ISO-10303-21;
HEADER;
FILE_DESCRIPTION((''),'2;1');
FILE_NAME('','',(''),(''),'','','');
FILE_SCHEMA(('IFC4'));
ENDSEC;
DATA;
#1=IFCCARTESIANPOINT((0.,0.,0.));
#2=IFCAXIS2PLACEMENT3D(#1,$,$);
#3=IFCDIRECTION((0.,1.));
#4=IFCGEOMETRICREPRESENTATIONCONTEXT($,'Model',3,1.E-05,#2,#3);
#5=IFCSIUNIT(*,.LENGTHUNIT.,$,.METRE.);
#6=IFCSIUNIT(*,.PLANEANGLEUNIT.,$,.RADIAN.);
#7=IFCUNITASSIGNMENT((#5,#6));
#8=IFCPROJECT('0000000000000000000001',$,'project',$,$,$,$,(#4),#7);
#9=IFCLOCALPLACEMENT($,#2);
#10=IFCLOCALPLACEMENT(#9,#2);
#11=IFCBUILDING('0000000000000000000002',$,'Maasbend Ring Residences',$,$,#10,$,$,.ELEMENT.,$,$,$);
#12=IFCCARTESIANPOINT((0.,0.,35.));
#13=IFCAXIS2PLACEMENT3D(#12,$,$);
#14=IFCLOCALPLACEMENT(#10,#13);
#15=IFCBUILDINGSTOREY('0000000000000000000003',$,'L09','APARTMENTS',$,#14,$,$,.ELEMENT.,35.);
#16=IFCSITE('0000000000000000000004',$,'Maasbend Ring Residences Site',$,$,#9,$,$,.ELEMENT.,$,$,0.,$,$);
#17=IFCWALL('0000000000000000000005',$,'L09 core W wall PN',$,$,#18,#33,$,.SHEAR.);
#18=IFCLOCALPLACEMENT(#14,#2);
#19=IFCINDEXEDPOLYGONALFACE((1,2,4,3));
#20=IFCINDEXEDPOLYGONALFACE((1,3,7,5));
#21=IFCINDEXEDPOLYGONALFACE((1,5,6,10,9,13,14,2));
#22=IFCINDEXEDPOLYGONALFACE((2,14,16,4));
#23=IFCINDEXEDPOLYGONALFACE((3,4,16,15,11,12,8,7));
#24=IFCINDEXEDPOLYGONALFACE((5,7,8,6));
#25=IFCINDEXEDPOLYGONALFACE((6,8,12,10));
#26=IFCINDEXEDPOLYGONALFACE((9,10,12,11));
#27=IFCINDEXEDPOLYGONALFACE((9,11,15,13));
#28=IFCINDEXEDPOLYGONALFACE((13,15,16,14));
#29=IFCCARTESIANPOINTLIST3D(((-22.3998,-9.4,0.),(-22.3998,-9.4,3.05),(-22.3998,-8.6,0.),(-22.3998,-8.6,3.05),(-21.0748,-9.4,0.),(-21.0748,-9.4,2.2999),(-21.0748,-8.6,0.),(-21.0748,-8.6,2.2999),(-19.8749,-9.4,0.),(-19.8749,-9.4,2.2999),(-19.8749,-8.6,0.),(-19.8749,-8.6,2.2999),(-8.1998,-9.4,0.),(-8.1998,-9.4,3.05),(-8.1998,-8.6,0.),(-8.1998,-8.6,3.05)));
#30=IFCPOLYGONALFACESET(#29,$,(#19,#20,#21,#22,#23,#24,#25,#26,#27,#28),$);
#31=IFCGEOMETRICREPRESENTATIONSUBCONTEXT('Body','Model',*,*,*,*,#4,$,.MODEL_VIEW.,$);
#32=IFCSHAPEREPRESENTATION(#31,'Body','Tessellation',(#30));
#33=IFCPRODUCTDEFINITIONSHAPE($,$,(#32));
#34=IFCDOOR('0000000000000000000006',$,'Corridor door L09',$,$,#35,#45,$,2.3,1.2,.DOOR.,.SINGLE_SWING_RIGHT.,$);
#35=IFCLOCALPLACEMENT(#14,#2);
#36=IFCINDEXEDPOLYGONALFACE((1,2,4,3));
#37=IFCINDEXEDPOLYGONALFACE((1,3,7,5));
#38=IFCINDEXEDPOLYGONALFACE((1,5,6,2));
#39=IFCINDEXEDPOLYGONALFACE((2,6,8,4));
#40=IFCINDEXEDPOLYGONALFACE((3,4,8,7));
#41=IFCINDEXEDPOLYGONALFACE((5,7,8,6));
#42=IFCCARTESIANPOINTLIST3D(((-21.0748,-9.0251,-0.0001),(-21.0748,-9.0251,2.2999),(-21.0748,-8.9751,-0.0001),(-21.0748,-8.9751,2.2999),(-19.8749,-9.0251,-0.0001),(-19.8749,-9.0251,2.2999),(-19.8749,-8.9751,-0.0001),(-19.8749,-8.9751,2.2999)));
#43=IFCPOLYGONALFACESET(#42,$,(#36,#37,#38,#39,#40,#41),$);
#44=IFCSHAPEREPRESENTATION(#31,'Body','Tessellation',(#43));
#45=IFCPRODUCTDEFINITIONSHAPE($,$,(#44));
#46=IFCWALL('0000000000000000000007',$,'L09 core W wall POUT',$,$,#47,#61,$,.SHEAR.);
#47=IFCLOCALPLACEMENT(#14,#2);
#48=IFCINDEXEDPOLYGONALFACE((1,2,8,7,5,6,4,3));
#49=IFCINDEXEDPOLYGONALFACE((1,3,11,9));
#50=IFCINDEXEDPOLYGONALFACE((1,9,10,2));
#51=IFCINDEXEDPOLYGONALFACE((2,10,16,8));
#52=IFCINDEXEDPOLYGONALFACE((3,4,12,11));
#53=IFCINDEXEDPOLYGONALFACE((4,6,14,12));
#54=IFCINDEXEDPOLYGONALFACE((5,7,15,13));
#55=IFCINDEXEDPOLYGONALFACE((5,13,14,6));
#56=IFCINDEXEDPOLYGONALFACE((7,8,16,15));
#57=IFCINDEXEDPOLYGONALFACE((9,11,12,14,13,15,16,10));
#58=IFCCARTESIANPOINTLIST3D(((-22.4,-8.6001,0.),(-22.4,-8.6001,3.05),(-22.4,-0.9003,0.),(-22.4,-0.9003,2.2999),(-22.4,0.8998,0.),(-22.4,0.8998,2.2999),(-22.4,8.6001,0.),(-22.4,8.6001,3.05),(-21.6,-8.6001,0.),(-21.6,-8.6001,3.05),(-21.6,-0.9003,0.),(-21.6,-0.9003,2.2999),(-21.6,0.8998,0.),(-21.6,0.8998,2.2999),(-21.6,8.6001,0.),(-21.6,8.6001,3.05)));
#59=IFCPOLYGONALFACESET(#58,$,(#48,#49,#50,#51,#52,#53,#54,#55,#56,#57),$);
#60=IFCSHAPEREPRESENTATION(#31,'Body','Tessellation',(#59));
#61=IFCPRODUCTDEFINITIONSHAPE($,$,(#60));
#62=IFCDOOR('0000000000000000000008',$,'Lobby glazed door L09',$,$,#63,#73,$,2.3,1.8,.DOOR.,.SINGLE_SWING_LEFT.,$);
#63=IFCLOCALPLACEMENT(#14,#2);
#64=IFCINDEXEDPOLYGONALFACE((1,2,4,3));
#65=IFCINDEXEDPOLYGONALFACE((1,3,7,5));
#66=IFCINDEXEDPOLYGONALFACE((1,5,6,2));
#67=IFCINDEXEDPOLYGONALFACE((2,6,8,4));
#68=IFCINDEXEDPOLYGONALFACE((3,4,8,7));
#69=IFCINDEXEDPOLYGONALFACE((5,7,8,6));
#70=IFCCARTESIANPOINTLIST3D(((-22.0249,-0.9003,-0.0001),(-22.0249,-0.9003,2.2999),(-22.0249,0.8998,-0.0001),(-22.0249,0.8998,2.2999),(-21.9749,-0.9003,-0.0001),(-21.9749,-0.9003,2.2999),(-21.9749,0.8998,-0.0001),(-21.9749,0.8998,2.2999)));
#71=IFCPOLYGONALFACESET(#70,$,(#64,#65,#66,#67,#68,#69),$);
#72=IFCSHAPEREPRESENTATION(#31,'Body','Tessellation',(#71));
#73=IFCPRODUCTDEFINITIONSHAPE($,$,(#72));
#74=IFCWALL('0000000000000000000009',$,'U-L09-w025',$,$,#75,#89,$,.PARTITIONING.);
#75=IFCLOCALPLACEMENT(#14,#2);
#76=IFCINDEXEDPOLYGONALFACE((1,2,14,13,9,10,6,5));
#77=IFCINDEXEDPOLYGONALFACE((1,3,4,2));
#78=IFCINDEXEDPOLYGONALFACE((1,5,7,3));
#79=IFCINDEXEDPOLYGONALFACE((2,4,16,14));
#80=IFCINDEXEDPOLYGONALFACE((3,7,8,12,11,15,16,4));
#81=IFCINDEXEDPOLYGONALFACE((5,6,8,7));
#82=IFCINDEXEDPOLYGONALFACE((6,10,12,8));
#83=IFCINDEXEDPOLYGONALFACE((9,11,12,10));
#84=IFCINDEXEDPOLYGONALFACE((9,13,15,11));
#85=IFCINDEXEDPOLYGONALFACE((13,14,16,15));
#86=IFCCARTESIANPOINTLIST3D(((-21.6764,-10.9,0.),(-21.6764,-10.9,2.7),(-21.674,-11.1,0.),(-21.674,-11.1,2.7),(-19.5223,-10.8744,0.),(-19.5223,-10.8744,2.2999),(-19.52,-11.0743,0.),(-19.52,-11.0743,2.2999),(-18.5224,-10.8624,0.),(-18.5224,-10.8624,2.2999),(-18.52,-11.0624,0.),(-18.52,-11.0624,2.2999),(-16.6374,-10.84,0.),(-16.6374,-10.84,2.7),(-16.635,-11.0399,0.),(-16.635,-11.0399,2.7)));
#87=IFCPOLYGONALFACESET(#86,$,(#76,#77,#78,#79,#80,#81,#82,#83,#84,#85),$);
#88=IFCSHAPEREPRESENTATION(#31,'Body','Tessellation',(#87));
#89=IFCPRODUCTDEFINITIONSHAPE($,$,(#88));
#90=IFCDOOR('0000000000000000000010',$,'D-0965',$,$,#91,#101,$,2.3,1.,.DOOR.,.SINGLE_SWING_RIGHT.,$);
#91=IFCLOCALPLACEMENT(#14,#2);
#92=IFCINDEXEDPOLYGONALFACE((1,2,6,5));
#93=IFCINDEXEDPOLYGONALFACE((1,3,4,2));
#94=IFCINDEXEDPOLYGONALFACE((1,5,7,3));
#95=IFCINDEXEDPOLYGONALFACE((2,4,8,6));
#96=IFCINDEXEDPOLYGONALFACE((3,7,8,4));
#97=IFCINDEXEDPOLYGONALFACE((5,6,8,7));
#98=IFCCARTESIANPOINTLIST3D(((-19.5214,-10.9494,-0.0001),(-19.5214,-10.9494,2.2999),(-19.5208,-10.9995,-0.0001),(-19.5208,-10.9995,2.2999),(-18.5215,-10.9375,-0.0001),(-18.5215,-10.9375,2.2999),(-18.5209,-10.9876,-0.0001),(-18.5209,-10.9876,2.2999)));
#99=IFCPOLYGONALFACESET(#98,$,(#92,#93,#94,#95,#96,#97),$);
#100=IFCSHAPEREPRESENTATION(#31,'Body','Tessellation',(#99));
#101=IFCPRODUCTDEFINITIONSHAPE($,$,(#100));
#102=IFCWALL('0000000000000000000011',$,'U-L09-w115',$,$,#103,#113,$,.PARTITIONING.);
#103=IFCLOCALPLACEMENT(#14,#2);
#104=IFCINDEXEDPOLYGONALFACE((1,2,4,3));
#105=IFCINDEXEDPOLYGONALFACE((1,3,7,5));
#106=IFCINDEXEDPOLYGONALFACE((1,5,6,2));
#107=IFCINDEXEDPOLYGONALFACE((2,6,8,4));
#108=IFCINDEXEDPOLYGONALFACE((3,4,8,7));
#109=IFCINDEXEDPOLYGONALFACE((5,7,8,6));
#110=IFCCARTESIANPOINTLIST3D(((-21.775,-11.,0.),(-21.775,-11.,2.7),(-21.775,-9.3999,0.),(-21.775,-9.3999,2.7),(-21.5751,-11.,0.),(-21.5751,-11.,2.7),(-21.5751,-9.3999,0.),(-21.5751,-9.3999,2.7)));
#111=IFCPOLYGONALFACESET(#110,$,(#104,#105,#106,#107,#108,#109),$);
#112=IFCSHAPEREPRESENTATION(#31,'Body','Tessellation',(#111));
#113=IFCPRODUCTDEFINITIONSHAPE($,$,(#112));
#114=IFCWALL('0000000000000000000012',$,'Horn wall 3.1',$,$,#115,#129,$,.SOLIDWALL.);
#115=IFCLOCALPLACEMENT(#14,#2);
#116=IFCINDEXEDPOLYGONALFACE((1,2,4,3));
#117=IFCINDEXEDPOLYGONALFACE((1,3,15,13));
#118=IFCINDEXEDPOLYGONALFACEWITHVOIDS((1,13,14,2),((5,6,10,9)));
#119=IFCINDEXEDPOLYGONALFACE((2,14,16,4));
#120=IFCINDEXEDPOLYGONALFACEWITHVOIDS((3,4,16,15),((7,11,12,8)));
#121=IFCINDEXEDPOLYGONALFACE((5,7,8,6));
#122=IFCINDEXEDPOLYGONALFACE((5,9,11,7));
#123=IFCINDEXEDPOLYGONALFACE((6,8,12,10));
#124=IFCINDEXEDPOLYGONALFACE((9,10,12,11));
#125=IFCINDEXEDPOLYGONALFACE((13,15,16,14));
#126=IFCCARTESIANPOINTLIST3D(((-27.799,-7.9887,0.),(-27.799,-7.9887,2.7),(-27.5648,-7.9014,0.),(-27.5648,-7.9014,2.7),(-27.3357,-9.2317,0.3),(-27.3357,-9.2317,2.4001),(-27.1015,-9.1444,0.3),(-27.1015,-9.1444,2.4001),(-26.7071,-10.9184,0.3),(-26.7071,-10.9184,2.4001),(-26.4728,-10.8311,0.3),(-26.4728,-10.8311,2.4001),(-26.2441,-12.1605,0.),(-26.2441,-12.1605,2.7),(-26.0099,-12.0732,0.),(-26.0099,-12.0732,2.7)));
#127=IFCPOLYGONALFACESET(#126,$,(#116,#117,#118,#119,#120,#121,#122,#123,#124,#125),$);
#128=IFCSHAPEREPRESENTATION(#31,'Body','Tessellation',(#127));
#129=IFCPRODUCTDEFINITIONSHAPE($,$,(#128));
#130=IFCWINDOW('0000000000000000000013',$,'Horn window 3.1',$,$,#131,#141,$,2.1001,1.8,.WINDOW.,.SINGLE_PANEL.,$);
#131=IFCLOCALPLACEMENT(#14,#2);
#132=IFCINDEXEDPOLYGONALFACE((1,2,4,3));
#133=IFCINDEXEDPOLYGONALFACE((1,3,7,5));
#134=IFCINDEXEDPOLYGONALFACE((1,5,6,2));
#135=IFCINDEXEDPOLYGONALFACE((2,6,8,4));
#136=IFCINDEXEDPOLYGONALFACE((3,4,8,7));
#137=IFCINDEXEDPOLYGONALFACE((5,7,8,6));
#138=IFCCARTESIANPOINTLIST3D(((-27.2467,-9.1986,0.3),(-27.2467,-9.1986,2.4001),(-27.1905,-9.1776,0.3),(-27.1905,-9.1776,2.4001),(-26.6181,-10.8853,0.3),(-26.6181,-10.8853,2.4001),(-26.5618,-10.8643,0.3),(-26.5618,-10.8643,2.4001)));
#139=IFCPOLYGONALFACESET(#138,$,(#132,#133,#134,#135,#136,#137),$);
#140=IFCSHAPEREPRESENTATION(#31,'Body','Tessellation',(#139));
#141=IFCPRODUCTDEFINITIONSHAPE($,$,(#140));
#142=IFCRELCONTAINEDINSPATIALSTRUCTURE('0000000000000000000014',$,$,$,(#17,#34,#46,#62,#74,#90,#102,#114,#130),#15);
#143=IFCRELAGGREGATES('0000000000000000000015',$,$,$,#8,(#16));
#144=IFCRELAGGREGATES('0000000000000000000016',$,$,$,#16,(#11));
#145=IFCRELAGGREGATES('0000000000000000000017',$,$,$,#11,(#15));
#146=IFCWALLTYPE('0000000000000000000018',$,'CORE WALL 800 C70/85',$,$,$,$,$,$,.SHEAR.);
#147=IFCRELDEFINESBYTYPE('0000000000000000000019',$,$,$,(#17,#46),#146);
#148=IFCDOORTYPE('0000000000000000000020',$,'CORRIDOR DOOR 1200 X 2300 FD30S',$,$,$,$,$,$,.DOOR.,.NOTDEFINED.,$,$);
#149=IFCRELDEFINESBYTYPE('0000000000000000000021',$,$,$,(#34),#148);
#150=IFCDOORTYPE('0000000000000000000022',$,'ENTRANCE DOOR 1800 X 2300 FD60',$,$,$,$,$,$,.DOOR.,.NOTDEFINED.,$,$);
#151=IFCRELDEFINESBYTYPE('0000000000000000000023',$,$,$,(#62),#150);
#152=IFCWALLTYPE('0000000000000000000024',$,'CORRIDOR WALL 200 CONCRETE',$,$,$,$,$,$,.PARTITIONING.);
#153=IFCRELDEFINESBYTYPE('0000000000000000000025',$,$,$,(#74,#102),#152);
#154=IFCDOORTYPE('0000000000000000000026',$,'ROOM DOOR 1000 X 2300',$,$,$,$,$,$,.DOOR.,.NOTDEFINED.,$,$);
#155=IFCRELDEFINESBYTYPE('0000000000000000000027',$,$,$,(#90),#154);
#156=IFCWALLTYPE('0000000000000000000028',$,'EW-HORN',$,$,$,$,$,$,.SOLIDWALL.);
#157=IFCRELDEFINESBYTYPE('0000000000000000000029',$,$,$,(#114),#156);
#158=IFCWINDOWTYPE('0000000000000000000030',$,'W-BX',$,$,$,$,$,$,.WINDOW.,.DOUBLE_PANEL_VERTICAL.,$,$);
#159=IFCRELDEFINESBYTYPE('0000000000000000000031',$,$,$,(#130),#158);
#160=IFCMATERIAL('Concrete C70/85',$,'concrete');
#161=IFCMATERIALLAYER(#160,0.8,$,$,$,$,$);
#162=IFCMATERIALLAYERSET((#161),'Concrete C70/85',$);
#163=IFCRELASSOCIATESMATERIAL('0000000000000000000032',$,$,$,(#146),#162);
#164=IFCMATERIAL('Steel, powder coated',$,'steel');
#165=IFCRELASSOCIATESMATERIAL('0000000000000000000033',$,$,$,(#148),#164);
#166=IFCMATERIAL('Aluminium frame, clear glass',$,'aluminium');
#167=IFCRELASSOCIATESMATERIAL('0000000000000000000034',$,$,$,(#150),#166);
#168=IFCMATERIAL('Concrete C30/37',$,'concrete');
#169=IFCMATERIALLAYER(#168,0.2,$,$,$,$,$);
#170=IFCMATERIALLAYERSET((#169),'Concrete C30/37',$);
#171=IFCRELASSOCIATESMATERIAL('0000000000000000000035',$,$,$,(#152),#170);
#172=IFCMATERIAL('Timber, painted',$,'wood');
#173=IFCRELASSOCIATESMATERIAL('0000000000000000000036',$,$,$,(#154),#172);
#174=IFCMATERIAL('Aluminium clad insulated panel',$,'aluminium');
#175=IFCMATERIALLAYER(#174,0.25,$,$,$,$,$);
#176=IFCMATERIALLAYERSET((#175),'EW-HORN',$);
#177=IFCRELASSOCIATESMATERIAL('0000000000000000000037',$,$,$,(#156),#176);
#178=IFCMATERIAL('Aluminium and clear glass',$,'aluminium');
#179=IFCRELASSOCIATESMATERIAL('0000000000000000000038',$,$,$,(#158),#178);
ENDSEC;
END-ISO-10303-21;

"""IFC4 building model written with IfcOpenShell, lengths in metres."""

from ifc_helpers import new_model, si_unit, direction, frame, frame_2d, origin, place, context, subcontext, project, spatial, rectangle, extrude, material, layer, layer_set, type_object, element, fill, save


model = new_model("IFC4")

# Units and contexts
model_context = context("Model", 3, precision=1e-05, world=origin(), true_north=direction((0.0, 1.0)))
body_context = subcontext(model_context, "Body", "Model", "MODEL_VIEW")
ifc_project = project(units=[si_unit("LENGTHUNIT", "METRE"), si_unit("PLANEANGLEUNIT", "RADIAN")], contexts=[model_context])

# Site, building, storey
site_placement = place(None, origin())
site = spatial("IfcSite", under=ifc_project, at=site_placement, Name="Maasbend Ring Residences Site", CompositionType="ELEMENT", RefElevation=0.0)
building_placement = place(site_placement, origin())
building = spatial("IfcBuilding", under=site, at=building_placement, Name="Maasbend Ring Residences", CompositionType="ELEMENT")
storey_placement = place(building_placement, frame((0.0, 0.0, 35.0)))
storey = spatial("IfcBuildingStorey", under=building, at=storey_placement, Name="L09", Description="APARTMENTS", CompositionType="ELEMENT", Elevation=35.0)

# Walls, openings, doors
ifc_material_1 = material(Name="Concrete C70/85", Category="concrete")
ifc_layer_1 = layer(ifc_material_1, 0.8)
ifc_layer_set_1 = layer_set([ifc_layer_1], Name="Concrete C70/85")
wall_type_1 = type_object("IfcWallType", Name="CORE WALL 800 C70/85", PredefinedType="SHEAR", material=ifc_layer_set_1)
wall_1_placement = place(storey_placement, frame((-22.3999, -9.0, 0.0), z_axis=(0.0, 0.0, 1.0), x_axis=(1.0, 0.0, 0.0)))
wall_1 = element("IfcWall", 1, at=wall_1_placement, inside=storey, type_object=wall_type_1, Name="L09 core W wall PN", PredefinedType="SHEAR", context=body_context, shape_type="SweptSolid", body=[
    extrude(rectangle(XDim=14.2, YDim=0.8, at=frame_2d((7.1001, 0.0))), origin(), (0.0, 0.0, 1.0), 3.05),
])
opening_1_placement = place(wall_1_placement, frame((1.325, 0.0, 0.0)))
opening_1 = element("IfcOpeningElement", 2, at=opening_1_placement, cuts=wall_1, PredefinedType="OPENING", context=body_context, shape_type="SweptSolid", body=[
    extrude(rectangle(XDim=1.2, YDim=2.3, at=frame_2d((0.6001, 1.1499))), frame((0.0, 0.4102, 0.0), z_axis=(0.0, -1.0, 0.0), x_axis=(1.0, 0.0, 0.0)), (0.0, 0.0, 1.0), 0.8201),
])
ifc_material_2 = material(Name="Steel, powder coated", Category="steel")
door_type_1 = type_object("IfcDoorType", Name="CORRIDOR DOOR 1200 X 2300 FD30S", OperationType="NOTDEFINED", PredefinedType="DOOR", material=ifc_material_2)
door_1_placement = place(opening_1_placement, origin())
door_1 = element("IfcDoor", 3, at=door_1_placement, inside=storey, type_object=door_type_1, Name="Corridor door L09", OperationType="SINGLE_SWING_RIGHT", OverallHeight=2.3, OverallWidth=1.2, PredefinedType="DOOR", context=body_context, shape_type="SweptSolid", body=[
    extrude(rectangle(XDim=1.2, YDim=2.3, at=frame_2d((0.6001, 1.1499))), frame((0.0, 0.0249, 0.0), z_axis=(0.0, -1.0, 0.0), x_axis=(1.0, 0.0, 0.0)), (0.0, 0.0, 1.0), 0.05),
])
fill(opening_1, door_1)
wall_2_placement = place(storey_placement, frame((-22.0, -8.6001, 0.0), z_axis=(0.0, 0.0, 1.0), x_axis=(0.0, 1.0, 0.0)))
wall_2 = element("IfcWall", 4, at=wall_2_placement, inside=storey, type_object=wall_type_1, Name="L09 core W wall POUT", PredefinedType="SHEAR", context=body_context, shape_type="SweptSolid", body=[
    extrude(rectangle(XDim=17.2002, YDim=0.8, at=frame_2d((8.6001, 0.0))), origin(), (0.0, 0.0, 1.0), 3.05),
])
opening_2_placement = place(wall_2_placement, frame((7.7, 0.0, 0.0)))
opening_2 = element("IfcOpeningElement", 5, at=opening_2_placement, cuts=wall_2, PredefinedType="OPENING", context=body_context, shape_type="SweptSolid", body=[
    extrude(rectangle(XDim=1.8, YDim=2.3, at=frame_2d((0.8999, 1.1499))), frame((0.0, 0.4102, 0.0), z_axis=(0.0, -1.0, 0.0), x_axis=(1.0, 0.0, 0.0)), (0.0, 0.0, 1.0), 0.8201),
])
ifc_material_3 = material(Name="Aluminium frame, clear glass", Category="aluminium")
door_type_2 = type_object("IfcDoorType", Name="ENTRANCE DOOR 1800 X 2300 FD60", OperationType="NOTDEFINED", PredefinedType="DOOR", material=ifc_material_3)
door_2_placement = place(opening_2_placement, origin())
door_2 = element("IfcDoor", 6, at=door_2_placement, inside=storey, type_object=door_type_2, Name="Lobby glazed door L09", OperationType="SINGLE_SWING_LEFT", OverallHeight=2.3, OverallWidth=1.8, PredefinedType="DOOR", context=body_context, shape_type="SweptSolid", body=[
    extrude(rectangle(XDim=1.8, YDim=2.3, at=frame_2d((0.8999, 1.1499))), frame((0.0, 0.0249, 0.0), z_axis=(0.0, -1.0, 0.0), x_axis=(1.0, 0.0, 0.0)), (0.0, 0.0, 1.0), 0.05),
])
fill(opening_2, door_2)
ifc_material_4 = material(Name="Concrete C30/37", Category="concrete")
ifc_layer_2 = layer(ifc_material_4, 0.2)
ifc_layer_set_2 = layer_set([ifc_layer_2], Name="Concrete C30/37")
wall_type_2 = type_object("IfcWallType", Name="CORRIDOR WALL 200 CONCRETE", PredefinedType="PARTITIONING", material=ifc_layer_set_2)
wall_3_placement = place(storey_placement, frame((-21.675, -11.0, 0.0), z_axis=(0.0, 0.0, 1.0), x_axis=(0.999929, 0.011918, 0.0)))
wall_3 = element("IfcWall", 7, at=wall_3_placement, inside=storey, type_object=wall_type_2, Name="U-L09-w025", PredefinedType="PARTITIONING", context=body_context, shape_type="SweptSolid", body=[
    extrude(rectangle(XDim=5.0393, YDim=0.2, at=frame_2d((2.5195, 0.0))), origin(), (0.0, 0.0, 1.0), 2.7),
])
opening_3_placement = place(wall_3_placement, frame((2.1541, 0.0, 0.0)))
opening_3 = element("IfcOpeningElement", 8, at=opening_3_placement, cuts=wall_3, PredefinedType="OPENING", context=body_context, shape_type="SweptSolid", body=[
    extrude(rectangle(XDim=1.0, YDim=2.3, at=frame_2d((0.5, 1.1499))), frame((0.0, 0.1099, 0.0), z_axis=(0.0, -1.0, 0.0), x_axis=(1.0, 0.0, 0.0)), (0.0, 0.0, 1.0), 0.22),
])
ifc_material_5 = material(Name="Timber, painted", Category="wood")
door_type_3 = type_object("IfcDoorType", Name="ROOM DOOR 1000 X 2300", OperationType="NOTDEFINED", PredefinedType="DOOR", material=ifc_material_5)
door_3_placement = place(opening_3_placement, origin())
door_3 = element("IfcDoor", 9, at=door_3_placement, inside=storey, type_object=door_type_3, Name="D-0965", OperationType="SINGLE_SWING_RIGHT", OverallHeight=2.3, OverallWidth=1.0, PredefinedType="DOOR", context=body_context, shape_type="SweptSolid", body=[
    extrude(rectangle(XDim=1.0, YDim=2.3, at=frame_2d((0.5, 1.1499))), frame((0.0, 0.0249, 0.0), z_axis=(0.0, -1.0, 0.0), x_axis=(1.0, 0.0, 0.0)), (0.0, 0.0, 1.0), 0.05),
])
fill(opening_3, door_3)

# Wall
wall_4_placement = place(storey_placement, frame((-21.675, -11.0, 0.0), z_axis=(0.0, 0.0, 1.0), x_axis=(0.0, 1.0, 0.0)))
element("IfcWall", 10, at=wall_4_placement, inside=storey, type_object=wall_type_2, Name="U-L09-w115", PredefinedType="PARTITIONING", context=body_context, shape_type="SweptSolid", body=[
    extrude(rectangle(XDim=1.6001, YDim=0.2, at=frame_2d((0.8, 0.0))), origin(), (0.0, 0.0, 1.0), 2.7),
])

# Wall, opening, window
ifc_material_6 = material(Name="Aluminium clad insulated panel", Category="aluminium")
ifc_layer_3 = layer(ifc_material_6, 0.25)
ifc_layer_set_3 = layer_set([ifc_layer_3], Name="EW-HORN")
wall_type_3 = type_object("IfcWallType", Name="EW-HORN", PredefinedType="SOLIDWALL", material=ifc_layer_set_3)
wall_5_placement = place(storey_placement, frame((-27.6819, -7.9451, 0.0), z_axis=(0.0, 0.0, 1.0), x_axis=(0.349248, -0.93703, 0.0)))
wall_5 = element("IfcWall", 11, at=wall_5_placement, inside=storey, type_object=wall_type_3, Name="Horn wall 3.1", PredefinedType="SOLIDWALL", context=body_context, shape_type="SweptSolid", body=[
    extrude(rectangle(XDim=4.4521, YDim=0.25, at=frame_2d((2.2261, 0.0))), origin(), (0.0, 0.0, 1.0), 2.7),
])
opening_4_placement = place(wall_5_placement, frame((1.3267, 0.0, 0.3)))
opening_4 = element("IfcOpeningElement", 12, at=opening_4_placement, cuts=wall_5, PredefinedType="OPENING", context=body_context, shape_type="SweptSolid", body=[
    extrude(rectangle(XDim=1.8, YDim=2.1001, at=frame_2d((0.8999, 1.05))), frame((0.0, 0.135, 0.0), z_axis=(0.0, -1.0, 0.0), x_axis=(1.0, 0.0, 0.0)), (0.0, 0.0, 1.0), 0.27),
])
ifc_material_7 = material(Name="Aluminium and clear glass", Category="aluminium")
window_type = type_object("IfcWindowType", Name="W-BX", PartitioningType="DOUBLE_PANEL_VERTICAL", PredefinedType="WINDOW", material=ifc_material_7)
window_1_placement = place(opening_4_placement, origin())
window_1 = element("IfcWindow", 13, at=window_1_placement, inside=storey, type_object=window_type, Name="Horn window 3.1", OverallHeight=2.1001, OverallWidth=1.8, PartitioningType="SINGLE_PANEL", PredefinedType="WINDOW", context=body_context, shape_type="SweptSolid", body=[
    extrude(rectangle(XDim=1.8, YDim=2.1001, at=frame_2d((0.8999, 1.05))), frame((0.0, 0.03, 0.0), z_axis=(0.0, -1.0, 0.0), x_axis=(1.0, 0.0, 0.0)), (0.0, 0.0, 1.0), 0.0601),
])
fill(opening_4, window_1)

save(model, "model.ifc")
